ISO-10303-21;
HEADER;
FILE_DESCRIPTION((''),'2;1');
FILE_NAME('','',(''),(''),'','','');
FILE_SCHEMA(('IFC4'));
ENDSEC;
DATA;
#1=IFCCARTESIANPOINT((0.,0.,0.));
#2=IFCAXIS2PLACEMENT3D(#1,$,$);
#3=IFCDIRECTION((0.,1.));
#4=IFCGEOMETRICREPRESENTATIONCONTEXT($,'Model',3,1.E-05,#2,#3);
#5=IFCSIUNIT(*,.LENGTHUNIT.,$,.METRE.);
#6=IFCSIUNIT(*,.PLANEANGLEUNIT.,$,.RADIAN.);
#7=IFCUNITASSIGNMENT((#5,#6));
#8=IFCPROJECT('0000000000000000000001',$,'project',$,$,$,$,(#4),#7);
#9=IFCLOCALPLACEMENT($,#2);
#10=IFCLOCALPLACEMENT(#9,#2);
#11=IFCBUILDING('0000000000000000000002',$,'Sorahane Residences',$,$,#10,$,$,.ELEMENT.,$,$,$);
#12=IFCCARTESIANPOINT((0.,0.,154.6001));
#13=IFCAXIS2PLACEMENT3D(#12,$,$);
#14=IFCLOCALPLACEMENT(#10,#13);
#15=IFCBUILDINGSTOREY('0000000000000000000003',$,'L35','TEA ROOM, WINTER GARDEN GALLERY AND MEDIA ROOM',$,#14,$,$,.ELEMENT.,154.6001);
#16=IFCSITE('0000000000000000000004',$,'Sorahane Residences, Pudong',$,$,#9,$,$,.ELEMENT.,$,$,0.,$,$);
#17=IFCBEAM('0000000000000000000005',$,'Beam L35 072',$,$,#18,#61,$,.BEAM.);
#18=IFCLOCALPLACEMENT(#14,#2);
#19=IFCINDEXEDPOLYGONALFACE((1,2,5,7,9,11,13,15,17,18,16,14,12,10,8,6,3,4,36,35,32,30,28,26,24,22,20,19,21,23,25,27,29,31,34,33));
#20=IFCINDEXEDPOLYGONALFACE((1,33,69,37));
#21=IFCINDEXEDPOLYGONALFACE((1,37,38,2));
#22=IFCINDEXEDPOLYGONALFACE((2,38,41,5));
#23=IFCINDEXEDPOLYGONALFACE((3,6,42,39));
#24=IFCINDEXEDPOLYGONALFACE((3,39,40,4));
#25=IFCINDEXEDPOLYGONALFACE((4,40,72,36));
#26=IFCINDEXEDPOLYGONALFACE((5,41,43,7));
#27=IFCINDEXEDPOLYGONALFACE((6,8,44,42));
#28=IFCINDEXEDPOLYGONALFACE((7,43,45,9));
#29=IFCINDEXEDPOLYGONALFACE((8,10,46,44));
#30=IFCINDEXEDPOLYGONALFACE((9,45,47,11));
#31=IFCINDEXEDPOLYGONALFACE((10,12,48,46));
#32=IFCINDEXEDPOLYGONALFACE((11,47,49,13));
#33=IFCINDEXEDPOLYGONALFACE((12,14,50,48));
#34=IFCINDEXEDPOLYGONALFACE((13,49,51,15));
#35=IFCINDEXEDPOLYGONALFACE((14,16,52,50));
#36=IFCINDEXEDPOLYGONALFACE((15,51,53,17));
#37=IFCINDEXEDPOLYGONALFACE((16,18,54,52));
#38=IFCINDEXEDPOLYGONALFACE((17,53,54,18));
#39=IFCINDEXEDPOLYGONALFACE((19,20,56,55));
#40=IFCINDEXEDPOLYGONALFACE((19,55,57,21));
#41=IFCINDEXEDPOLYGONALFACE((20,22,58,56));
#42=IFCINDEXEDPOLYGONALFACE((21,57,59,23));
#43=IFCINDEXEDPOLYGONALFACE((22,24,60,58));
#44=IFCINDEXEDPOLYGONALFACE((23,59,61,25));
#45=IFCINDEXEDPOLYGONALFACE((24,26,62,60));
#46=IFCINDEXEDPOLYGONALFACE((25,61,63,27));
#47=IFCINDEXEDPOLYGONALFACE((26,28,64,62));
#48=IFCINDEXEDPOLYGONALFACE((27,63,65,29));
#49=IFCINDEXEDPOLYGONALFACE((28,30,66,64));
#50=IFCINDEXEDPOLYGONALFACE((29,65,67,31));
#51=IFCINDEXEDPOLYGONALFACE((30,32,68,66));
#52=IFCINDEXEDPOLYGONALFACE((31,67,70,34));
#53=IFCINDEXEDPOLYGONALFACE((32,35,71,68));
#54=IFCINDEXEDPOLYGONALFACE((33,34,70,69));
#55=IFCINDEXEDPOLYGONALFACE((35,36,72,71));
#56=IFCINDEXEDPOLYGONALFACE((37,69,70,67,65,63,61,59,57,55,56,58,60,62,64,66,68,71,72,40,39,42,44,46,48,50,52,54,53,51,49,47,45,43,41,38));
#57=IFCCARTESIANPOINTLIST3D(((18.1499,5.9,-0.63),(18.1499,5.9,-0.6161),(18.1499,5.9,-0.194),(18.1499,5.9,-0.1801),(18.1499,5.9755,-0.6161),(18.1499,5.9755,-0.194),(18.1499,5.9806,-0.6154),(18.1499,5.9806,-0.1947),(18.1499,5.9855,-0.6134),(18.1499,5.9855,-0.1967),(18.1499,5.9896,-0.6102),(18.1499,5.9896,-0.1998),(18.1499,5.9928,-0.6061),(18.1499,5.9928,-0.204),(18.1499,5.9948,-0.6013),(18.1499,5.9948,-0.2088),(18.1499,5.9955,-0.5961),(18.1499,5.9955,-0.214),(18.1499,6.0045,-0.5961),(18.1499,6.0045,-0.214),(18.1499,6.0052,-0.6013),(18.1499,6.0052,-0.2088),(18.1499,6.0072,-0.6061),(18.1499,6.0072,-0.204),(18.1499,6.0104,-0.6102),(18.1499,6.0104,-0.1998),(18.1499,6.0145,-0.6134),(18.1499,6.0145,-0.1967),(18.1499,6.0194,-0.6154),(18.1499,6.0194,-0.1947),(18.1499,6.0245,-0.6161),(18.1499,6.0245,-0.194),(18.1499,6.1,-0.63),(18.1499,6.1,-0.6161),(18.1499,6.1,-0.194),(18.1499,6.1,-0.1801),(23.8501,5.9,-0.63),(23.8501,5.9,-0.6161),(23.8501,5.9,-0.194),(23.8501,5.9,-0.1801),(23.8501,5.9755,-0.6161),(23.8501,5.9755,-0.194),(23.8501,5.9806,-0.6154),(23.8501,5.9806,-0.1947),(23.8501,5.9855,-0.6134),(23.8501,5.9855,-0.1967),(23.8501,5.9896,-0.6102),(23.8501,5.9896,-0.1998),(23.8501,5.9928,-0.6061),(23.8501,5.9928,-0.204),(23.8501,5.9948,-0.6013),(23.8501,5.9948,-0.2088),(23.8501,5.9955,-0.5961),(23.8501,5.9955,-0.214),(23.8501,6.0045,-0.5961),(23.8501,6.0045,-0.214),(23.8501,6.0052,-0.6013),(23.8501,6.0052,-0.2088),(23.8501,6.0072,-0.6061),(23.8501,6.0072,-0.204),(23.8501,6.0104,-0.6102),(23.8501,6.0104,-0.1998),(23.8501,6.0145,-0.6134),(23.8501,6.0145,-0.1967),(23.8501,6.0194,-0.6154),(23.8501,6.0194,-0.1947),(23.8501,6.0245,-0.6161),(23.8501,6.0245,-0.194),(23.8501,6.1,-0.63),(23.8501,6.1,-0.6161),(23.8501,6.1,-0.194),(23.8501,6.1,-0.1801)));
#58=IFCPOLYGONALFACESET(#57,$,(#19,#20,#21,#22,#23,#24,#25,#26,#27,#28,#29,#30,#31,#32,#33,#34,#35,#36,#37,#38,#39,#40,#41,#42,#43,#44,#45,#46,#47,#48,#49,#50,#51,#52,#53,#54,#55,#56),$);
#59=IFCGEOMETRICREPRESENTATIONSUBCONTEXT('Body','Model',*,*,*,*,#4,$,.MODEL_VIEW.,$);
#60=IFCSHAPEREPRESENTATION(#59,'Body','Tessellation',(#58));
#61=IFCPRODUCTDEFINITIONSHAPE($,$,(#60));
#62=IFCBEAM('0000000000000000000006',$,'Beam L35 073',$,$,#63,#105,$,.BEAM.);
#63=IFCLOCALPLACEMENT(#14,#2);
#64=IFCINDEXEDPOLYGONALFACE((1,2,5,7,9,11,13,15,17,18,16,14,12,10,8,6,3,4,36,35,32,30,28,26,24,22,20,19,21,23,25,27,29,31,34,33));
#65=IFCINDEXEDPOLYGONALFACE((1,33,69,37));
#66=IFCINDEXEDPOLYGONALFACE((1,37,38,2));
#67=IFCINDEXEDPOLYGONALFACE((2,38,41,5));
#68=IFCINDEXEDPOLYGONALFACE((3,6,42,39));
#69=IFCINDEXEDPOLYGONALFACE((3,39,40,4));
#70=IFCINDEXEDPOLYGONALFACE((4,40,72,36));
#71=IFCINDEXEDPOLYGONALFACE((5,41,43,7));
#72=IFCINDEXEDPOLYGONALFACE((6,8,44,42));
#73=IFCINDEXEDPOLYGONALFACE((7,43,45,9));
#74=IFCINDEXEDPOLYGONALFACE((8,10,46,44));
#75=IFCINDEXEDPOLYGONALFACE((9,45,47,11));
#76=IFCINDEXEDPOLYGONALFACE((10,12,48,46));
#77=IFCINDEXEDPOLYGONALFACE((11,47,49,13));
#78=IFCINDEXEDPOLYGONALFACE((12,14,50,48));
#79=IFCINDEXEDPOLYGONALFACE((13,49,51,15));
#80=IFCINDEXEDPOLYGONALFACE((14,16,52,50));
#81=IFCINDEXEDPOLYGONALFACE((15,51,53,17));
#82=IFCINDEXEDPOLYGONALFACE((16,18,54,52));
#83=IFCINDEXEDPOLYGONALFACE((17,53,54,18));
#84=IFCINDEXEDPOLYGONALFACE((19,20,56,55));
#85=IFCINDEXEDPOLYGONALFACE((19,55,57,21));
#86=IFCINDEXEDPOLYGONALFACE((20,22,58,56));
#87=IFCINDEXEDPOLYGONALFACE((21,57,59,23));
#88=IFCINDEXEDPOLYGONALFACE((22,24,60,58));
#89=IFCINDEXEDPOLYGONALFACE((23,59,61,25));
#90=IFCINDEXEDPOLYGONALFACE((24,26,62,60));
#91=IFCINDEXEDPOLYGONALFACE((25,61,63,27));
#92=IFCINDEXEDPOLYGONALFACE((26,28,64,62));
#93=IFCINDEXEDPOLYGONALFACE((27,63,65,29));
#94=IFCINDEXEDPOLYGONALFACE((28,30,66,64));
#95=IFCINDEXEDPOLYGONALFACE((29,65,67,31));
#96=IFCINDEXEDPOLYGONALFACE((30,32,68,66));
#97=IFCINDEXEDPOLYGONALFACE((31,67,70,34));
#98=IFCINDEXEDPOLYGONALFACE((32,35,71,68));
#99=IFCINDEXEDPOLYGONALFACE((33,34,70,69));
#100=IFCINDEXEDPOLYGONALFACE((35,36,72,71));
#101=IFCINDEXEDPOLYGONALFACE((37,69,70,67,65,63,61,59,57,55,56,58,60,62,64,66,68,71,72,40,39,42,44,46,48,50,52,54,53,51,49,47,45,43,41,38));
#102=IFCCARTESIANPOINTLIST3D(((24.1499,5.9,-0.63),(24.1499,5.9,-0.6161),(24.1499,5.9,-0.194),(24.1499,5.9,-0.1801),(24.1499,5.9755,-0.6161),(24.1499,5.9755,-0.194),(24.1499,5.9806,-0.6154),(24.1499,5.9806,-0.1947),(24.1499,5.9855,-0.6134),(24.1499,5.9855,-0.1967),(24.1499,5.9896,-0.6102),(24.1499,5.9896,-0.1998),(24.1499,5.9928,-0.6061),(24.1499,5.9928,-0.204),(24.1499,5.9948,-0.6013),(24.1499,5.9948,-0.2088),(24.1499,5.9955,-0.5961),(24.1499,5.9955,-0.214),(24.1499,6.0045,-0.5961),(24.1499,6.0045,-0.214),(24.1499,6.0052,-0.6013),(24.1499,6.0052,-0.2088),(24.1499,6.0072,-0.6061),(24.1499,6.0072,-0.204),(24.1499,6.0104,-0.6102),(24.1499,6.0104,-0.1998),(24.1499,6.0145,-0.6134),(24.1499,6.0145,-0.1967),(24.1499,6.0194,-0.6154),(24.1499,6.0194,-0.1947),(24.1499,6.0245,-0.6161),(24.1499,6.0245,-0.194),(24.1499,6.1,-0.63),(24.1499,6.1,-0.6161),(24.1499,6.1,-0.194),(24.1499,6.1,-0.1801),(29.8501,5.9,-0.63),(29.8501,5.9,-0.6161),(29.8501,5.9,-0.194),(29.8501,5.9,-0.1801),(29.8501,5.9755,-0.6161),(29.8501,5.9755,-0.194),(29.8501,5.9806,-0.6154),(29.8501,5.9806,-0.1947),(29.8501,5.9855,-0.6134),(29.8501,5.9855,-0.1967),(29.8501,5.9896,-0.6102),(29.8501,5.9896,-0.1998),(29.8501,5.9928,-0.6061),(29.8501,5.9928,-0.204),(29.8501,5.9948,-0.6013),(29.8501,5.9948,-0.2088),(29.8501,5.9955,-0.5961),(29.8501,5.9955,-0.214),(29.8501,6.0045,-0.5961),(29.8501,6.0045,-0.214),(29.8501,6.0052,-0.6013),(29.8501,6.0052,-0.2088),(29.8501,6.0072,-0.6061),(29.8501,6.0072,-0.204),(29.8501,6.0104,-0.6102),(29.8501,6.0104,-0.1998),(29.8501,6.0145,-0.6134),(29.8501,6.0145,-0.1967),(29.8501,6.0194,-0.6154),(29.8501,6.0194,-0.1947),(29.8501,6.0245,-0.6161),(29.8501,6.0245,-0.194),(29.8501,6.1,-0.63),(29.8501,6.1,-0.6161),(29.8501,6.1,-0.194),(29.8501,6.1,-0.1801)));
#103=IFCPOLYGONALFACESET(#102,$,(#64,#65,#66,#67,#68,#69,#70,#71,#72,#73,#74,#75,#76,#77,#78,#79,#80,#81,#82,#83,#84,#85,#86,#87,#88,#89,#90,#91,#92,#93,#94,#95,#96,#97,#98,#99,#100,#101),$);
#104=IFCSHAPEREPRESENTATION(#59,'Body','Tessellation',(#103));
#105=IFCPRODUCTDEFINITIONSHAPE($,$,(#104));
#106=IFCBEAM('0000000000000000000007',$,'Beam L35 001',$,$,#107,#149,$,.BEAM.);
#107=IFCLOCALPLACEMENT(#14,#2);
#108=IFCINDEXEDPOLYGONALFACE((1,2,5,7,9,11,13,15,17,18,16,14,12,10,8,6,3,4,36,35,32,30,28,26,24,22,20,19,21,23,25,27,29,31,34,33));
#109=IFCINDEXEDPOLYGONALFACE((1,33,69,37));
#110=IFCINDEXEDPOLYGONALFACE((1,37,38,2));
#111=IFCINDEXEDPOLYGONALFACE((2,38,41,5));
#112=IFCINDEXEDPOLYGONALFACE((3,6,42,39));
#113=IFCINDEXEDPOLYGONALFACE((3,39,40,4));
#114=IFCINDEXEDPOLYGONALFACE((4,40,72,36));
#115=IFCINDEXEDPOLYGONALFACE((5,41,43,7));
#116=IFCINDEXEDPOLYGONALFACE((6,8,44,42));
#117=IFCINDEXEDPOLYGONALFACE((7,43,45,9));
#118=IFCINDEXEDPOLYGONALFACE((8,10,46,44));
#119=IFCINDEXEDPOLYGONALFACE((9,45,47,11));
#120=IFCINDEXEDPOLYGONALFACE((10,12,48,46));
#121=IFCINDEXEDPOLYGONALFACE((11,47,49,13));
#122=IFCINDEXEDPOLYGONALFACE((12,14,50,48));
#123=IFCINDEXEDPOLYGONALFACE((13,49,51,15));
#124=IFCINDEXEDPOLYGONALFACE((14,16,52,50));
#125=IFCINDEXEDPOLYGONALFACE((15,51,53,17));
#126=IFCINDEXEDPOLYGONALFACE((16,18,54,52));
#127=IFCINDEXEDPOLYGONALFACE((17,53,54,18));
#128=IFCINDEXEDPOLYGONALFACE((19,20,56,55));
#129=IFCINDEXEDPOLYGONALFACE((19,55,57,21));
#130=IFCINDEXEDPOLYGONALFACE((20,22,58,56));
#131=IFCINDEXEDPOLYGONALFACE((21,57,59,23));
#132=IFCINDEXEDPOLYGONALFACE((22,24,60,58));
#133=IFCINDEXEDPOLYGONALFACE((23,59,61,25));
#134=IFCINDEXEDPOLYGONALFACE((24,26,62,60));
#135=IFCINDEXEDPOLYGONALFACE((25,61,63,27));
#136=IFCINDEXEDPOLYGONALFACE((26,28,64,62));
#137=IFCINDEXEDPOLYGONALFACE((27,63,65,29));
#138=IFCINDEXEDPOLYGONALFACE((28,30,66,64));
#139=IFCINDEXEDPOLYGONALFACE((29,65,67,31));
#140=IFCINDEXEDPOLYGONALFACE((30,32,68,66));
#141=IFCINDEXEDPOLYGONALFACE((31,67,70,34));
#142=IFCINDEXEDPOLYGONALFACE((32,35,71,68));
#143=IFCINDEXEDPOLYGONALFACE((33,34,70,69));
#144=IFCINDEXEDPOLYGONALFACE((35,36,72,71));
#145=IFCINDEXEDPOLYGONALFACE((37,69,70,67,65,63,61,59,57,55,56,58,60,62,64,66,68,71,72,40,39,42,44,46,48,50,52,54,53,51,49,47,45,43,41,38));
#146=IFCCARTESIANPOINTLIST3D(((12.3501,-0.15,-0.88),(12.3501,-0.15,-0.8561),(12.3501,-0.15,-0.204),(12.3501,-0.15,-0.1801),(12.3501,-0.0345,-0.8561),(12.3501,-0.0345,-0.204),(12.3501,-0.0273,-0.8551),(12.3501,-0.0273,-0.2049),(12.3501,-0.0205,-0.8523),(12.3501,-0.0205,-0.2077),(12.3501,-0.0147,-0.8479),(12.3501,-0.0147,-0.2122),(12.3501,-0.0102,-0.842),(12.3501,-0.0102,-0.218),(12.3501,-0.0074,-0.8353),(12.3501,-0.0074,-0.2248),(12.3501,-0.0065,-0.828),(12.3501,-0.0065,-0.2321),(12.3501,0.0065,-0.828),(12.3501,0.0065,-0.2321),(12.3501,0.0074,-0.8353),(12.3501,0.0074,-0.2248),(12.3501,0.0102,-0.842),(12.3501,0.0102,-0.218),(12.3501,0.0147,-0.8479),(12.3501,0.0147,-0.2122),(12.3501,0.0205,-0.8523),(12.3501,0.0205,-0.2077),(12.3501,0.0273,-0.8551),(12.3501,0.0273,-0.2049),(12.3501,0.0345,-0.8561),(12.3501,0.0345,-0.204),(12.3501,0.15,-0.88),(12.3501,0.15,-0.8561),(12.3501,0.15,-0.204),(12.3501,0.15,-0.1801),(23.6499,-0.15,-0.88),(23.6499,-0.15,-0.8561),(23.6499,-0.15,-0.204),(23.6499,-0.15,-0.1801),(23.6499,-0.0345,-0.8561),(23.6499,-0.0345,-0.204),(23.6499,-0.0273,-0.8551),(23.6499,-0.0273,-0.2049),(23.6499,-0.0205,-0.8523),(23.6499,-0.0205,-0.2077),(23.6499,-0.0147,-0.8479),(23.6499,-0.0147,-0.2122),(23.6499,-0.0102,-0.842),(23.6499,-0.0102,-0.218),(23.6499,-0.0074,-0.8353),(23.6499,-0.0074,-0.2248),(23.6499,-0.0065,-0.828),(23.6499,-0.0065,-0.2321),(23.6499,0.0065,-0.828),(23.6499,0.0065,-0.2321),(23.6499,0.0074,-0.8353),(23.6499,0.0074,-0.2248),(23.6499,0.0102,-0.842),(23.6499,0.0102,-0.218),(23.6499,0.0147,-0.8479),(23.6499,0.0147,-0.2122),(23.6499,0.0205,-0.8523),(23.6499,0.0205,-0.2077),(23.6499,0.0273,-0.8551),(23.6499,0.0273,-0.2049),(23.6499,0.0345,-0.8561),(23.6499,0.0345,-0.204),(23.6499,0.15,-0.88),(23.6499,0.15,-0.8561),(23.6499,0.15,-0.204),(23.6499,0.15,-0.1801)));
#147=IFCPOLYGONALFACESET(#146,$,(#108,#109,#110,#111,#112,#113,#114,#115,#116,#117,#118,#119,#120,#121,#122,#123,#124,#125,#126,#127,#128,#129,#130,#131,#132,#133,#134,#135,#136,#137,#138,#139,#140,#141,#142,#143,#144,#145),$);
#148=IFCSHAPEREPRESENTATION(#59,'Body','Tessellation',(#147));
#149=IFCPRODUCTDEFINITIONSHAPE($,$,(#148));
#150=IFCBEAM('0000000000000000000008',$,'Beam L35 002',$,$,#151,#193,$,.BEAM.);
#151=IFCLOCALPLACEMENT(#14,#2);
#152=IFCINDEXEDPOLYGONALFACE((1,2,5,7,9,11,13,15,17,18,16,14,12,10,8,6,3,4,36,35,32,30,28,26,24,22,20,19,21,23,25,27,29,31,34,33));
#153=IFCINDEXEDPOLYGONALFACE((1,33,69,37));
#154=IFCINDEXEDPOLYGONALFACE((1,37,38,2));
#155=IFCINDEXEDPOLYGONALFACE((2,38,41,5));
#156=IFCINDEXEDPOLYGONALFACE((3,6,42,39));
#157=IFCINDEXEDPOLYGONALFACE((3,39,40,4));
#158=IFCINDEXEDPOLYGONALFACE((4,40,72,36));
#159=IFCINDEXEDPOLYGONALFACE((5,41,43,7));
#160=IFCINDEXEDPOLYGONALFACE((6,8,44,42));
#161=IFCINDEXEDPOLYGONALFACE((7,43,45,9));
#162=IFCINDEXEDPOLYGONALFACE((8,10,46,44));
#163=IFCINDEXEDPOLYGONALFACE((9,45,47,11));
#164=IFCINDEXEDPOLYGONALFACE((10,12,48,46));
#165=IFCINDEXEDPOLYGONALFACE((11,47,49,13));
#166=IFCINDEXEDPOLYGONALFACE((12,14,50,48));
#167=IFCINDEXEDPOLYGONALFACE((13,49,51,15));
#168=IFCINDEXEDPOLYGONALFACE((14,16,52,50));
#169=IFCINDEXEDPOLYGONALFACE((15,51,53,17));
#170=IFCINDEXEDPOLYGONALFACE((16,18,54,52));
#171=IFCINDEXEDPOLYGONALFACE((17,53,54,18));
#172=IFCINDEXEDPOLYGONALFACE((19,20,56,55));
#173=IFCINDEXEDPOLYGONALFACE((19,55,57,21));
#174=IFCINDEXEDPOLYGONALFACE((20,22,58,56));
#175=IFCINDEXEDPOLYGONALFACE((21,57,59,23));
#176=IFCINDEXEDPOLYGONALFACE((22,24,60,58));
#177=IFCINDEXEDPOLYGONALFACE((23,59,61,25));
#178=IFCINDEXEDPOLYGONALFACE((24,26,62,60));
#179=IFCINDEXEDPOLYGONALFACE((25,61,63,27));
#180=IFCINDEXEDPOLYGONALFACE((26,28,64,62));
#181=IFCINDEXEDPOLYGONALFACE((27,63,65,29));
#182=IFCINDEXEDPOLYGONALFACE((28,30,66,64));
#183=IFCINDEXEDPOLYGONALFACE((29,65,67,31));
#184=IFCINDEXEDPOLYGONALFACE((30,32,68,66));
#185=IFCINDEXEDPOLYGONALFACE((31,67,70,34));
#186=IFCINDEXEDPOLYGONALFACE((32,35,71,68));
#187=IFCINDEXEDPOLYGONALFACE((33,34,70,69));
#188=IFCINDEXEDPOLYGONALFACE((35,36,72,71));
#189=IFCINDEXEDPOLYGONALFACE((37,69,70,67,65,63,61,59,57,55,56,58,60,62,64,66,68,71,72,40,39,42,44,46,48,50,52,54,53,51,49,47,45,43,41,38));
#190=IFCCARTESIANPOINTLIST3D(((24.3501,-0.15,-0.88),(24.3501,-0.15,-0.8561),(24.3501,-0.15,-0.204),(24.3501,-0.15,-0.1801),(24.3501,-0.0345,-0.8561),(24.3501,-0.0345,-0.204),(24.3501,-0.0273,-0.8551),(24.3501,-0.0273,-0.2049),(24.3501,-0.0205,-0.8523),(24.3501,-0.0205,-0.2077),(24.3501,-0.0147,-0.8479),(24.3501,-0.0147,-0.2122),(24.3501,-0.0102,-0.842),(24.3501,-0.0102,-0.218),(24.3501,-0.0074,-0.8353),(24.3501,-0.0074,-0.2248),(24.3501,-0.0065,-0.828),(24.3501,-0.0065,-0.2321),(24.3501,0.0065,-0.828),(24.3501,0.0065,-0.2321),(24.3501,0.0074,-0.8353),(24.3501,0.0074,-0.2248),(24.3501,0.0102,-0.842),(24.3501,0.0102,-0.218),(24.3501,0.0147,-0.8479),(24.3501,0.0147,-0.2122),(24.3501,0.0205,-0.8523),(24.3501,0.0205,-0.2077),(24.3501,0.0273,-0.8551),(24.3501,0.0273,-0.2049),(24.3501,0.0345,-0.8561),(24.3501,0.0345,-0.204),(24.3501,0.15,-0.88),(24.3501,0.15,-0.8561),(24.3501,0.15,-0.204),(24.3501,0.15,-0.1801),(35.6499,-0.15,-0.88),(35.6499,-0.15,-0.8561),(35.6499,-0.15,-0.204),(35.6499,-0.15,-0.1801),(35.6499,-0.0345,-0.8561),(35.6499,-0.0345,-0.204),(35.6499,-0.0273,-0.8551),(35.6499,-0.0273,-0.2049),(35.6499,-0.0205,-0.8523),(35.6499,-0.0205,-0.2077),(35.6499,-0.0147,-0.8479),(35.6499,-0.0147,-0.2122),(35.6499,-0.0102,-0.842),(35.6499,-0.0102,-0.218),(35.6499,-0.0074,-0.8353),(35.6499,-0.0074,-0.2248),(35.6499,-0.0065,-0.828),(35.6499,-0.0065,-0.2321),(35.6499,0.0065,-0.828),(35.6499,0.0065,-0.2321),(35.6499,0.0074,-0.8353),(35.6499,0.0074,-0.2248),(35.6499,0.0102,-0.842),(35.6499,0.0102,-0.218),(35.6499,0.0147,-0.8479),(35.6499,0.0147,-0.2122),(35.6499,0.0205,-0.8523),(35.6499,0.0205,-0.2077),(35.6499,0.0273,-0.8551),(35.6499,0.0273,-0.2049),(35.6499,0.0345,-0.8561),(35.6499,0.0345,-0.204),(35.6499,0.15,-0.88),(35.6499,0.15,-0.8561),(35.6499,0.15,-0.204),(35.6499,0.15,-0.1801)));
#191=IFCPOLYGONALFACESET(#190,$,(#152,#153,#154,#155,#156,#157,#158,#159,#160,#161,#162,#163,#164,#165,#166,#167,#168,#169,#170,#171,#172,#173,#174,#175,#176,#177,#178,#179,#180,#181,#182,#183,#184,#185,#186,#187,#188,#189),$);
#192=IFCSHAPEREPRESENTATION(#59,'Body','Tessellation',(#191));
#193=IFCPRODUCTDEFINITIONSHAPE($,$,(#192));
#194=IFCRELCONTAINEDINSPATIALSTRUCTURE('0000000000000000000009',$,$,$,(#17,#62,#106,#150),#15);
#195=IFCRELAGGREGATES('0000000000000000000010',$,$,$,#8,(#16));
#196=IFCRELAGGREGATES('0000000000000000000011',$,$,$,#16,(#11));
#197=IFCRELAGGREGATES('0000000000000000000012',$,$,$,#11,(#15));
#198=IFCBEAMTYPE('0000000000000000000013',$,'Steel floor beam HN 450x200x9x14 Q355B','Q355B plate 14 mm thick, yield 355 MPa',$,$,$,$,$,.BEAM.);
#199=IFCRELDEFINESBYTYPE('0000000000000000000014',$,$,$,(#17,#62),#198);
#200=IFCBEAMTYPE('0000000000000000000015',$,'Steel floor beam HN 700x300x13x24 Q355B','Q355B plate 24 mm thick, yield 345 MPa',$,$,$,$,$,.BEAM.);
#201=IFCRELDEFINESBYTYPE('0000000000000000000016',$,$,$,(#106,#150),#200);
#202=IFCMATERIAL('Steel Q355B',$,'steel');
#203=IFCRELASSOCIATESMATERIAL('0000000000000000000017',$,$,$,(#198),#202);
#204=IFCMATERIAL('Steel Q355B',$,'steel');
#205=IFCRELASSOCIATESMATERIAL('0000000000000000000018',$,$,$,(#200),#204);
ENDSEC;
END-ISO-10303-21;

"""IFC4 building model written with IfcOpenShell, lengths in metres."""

from ifc_helpers import new_model, si_unit, direction, frame, origin, origin_2d, place, context, subcontext, project, spatial, i_section, extrude, material, material_profile, profile_set, type_object, element, save


model = new_model("IFC4")

# Units and contexts
model_context = context("Model", 3, precision=1e-05, world=origin(), true_north=direction((0.0, 1.0)))
body_context = subcontext(model_context, "Body", "Model", "MODEL_VIEW")
ifc_project = project(units=[si_unit("LENGTHUNIT", "METRE"), si_unit("PLANEANGLEUNIT", "RADIAN")], contexts=[model_context])

# Site, building, storey
site_placement = place(None, origin())
site = spatial("IfcSite", under=ifc_project, at=site_placement, Name="Sorahane Residences, Pudong", CompositionType="ELEMENT", RefElevation=0.0)
building_placement = place(site_placement, origin())
building = spatial("IfcBuilding", under=site, at=building_placement, Name="Sorahane Residences", CompositionType="ELEMENT")
storey_placement = place(building_placement, frame((0.0, 0.0, 154.6001)))
storey = spatial("IfcBuildingStorey", under=building, at=storey_placement, Name="L35", Description="TEA ROOM, WINTER GARDEN GALLERY AND MEDIA ROOM", CompositionType="ELEMENT", Elevation=154.6001)

# Beams
ifc_material_1 = material(Name="Steel Q355B", Category="steel")
ifc_material_profile_1 = material_profile(ifc_material_1, i_section(OverallWidth=0.2, OverallDepth=0.45, WebThickness=0.009, FlangeThickness=0.0139, FilletRadius=0.02, at=origin_2d()), Name="HN 450x200x9x14")
ifc_profile_set_1 = profile_set([ifc_material_profile_1], Name="Steel Q355B")
beam_type_1 = type_object("IfcBeamType", Name="Steel floor beam HN 450x200x9x14 Q355B", Description="Q355B plate 14 mm thick, yield 355 MPa", PredefinedType="BEAM", material=ifc_profile_set_1)
for number, where, z_axis, x_axis, name in (
    (1, (18.1499, 6.0, -0.405), (1.0, 0.0, 0.0), (0.0, 1.0, 0.0), "Beam L35 072"),
    (2, (24.1499, 6.0, -0.405), (1.0, 0.0, 0.0), (0.0, 1.0, 0.0), "Beam L35 073"),
):
    element("IfcBeam", number, at=place(storey_placement, frame(where, z_axis=z_axis, x_axis=x_axis)), inside=storey, type_object=beam_type_1, Name=name, PredefinedType="BEAM", context=body_context, shape_type="SweptSolid", body=[
        extrude(i_section(OverallWidth=0.2, OverallDepth=0.45, WebThickness=0.009, FlangeThickness=0.0139, FilletRadius=0.02, at=origin_2d()), origin(), (0.0, 0.0, 1.0), 5.7002),
    ])
ifc_material_2 = material(Name="Steel Q355B", Category="steel")
ifc_material_profile_2 = material_profile(ifc_material_2, i_section(OverallWidth=0.3, OverallDepth=0.7, WebThickness=0.0129, FlangeThickness=0.0239, FilletRadius=0.0281, at=origin_2d()), Name="HN 700x300x13x24")
ifc_profile_set_2 = profile_set([ifc_material_profile_2], Name="Steel Q355B")
beam_type_2 = type_object("IfcBeamType", Name="Steel floor beam HN 700x300x13x24 Q355B", Description="Q355B plate 24 mm thick, yield 345 MPa", PredefinedType="BEAM", material=ifc_profile_set_2)
for number, where, z_axis, x_axis, name in (
    (3, (12.3501, 0.0, -0.53), (1.0, 0.0, 0.0), (0.0, 1.0, 0.0), "Beam L35 001"),
    (4, (24.3501, 0.0, -0.53), (1.0, 0.0, 0.0), (0.0, 1.0, 0.0), "Beam L35 002"),
):
    element("IfcBeam", number, at=place(storey_placement, frame(where, z_axis=z_axis, x_axis=x_axis)), inside=storey, type_object=beam_type_2, Name=name, PredefinedType="BEAM", context=body_context, shape_type="SweptSolid", body=[
        extrude(i_section(OverallWidth=0.3, OverallDepth=0.7, WebThickness=0.0129, FlangeThickness=0.0239, FilletRadius=0.0281, at=origin_2d()), origin(), (0.0, 0.0, 1.0), 11.2998),
    ])

save(model, "model.ifc")
